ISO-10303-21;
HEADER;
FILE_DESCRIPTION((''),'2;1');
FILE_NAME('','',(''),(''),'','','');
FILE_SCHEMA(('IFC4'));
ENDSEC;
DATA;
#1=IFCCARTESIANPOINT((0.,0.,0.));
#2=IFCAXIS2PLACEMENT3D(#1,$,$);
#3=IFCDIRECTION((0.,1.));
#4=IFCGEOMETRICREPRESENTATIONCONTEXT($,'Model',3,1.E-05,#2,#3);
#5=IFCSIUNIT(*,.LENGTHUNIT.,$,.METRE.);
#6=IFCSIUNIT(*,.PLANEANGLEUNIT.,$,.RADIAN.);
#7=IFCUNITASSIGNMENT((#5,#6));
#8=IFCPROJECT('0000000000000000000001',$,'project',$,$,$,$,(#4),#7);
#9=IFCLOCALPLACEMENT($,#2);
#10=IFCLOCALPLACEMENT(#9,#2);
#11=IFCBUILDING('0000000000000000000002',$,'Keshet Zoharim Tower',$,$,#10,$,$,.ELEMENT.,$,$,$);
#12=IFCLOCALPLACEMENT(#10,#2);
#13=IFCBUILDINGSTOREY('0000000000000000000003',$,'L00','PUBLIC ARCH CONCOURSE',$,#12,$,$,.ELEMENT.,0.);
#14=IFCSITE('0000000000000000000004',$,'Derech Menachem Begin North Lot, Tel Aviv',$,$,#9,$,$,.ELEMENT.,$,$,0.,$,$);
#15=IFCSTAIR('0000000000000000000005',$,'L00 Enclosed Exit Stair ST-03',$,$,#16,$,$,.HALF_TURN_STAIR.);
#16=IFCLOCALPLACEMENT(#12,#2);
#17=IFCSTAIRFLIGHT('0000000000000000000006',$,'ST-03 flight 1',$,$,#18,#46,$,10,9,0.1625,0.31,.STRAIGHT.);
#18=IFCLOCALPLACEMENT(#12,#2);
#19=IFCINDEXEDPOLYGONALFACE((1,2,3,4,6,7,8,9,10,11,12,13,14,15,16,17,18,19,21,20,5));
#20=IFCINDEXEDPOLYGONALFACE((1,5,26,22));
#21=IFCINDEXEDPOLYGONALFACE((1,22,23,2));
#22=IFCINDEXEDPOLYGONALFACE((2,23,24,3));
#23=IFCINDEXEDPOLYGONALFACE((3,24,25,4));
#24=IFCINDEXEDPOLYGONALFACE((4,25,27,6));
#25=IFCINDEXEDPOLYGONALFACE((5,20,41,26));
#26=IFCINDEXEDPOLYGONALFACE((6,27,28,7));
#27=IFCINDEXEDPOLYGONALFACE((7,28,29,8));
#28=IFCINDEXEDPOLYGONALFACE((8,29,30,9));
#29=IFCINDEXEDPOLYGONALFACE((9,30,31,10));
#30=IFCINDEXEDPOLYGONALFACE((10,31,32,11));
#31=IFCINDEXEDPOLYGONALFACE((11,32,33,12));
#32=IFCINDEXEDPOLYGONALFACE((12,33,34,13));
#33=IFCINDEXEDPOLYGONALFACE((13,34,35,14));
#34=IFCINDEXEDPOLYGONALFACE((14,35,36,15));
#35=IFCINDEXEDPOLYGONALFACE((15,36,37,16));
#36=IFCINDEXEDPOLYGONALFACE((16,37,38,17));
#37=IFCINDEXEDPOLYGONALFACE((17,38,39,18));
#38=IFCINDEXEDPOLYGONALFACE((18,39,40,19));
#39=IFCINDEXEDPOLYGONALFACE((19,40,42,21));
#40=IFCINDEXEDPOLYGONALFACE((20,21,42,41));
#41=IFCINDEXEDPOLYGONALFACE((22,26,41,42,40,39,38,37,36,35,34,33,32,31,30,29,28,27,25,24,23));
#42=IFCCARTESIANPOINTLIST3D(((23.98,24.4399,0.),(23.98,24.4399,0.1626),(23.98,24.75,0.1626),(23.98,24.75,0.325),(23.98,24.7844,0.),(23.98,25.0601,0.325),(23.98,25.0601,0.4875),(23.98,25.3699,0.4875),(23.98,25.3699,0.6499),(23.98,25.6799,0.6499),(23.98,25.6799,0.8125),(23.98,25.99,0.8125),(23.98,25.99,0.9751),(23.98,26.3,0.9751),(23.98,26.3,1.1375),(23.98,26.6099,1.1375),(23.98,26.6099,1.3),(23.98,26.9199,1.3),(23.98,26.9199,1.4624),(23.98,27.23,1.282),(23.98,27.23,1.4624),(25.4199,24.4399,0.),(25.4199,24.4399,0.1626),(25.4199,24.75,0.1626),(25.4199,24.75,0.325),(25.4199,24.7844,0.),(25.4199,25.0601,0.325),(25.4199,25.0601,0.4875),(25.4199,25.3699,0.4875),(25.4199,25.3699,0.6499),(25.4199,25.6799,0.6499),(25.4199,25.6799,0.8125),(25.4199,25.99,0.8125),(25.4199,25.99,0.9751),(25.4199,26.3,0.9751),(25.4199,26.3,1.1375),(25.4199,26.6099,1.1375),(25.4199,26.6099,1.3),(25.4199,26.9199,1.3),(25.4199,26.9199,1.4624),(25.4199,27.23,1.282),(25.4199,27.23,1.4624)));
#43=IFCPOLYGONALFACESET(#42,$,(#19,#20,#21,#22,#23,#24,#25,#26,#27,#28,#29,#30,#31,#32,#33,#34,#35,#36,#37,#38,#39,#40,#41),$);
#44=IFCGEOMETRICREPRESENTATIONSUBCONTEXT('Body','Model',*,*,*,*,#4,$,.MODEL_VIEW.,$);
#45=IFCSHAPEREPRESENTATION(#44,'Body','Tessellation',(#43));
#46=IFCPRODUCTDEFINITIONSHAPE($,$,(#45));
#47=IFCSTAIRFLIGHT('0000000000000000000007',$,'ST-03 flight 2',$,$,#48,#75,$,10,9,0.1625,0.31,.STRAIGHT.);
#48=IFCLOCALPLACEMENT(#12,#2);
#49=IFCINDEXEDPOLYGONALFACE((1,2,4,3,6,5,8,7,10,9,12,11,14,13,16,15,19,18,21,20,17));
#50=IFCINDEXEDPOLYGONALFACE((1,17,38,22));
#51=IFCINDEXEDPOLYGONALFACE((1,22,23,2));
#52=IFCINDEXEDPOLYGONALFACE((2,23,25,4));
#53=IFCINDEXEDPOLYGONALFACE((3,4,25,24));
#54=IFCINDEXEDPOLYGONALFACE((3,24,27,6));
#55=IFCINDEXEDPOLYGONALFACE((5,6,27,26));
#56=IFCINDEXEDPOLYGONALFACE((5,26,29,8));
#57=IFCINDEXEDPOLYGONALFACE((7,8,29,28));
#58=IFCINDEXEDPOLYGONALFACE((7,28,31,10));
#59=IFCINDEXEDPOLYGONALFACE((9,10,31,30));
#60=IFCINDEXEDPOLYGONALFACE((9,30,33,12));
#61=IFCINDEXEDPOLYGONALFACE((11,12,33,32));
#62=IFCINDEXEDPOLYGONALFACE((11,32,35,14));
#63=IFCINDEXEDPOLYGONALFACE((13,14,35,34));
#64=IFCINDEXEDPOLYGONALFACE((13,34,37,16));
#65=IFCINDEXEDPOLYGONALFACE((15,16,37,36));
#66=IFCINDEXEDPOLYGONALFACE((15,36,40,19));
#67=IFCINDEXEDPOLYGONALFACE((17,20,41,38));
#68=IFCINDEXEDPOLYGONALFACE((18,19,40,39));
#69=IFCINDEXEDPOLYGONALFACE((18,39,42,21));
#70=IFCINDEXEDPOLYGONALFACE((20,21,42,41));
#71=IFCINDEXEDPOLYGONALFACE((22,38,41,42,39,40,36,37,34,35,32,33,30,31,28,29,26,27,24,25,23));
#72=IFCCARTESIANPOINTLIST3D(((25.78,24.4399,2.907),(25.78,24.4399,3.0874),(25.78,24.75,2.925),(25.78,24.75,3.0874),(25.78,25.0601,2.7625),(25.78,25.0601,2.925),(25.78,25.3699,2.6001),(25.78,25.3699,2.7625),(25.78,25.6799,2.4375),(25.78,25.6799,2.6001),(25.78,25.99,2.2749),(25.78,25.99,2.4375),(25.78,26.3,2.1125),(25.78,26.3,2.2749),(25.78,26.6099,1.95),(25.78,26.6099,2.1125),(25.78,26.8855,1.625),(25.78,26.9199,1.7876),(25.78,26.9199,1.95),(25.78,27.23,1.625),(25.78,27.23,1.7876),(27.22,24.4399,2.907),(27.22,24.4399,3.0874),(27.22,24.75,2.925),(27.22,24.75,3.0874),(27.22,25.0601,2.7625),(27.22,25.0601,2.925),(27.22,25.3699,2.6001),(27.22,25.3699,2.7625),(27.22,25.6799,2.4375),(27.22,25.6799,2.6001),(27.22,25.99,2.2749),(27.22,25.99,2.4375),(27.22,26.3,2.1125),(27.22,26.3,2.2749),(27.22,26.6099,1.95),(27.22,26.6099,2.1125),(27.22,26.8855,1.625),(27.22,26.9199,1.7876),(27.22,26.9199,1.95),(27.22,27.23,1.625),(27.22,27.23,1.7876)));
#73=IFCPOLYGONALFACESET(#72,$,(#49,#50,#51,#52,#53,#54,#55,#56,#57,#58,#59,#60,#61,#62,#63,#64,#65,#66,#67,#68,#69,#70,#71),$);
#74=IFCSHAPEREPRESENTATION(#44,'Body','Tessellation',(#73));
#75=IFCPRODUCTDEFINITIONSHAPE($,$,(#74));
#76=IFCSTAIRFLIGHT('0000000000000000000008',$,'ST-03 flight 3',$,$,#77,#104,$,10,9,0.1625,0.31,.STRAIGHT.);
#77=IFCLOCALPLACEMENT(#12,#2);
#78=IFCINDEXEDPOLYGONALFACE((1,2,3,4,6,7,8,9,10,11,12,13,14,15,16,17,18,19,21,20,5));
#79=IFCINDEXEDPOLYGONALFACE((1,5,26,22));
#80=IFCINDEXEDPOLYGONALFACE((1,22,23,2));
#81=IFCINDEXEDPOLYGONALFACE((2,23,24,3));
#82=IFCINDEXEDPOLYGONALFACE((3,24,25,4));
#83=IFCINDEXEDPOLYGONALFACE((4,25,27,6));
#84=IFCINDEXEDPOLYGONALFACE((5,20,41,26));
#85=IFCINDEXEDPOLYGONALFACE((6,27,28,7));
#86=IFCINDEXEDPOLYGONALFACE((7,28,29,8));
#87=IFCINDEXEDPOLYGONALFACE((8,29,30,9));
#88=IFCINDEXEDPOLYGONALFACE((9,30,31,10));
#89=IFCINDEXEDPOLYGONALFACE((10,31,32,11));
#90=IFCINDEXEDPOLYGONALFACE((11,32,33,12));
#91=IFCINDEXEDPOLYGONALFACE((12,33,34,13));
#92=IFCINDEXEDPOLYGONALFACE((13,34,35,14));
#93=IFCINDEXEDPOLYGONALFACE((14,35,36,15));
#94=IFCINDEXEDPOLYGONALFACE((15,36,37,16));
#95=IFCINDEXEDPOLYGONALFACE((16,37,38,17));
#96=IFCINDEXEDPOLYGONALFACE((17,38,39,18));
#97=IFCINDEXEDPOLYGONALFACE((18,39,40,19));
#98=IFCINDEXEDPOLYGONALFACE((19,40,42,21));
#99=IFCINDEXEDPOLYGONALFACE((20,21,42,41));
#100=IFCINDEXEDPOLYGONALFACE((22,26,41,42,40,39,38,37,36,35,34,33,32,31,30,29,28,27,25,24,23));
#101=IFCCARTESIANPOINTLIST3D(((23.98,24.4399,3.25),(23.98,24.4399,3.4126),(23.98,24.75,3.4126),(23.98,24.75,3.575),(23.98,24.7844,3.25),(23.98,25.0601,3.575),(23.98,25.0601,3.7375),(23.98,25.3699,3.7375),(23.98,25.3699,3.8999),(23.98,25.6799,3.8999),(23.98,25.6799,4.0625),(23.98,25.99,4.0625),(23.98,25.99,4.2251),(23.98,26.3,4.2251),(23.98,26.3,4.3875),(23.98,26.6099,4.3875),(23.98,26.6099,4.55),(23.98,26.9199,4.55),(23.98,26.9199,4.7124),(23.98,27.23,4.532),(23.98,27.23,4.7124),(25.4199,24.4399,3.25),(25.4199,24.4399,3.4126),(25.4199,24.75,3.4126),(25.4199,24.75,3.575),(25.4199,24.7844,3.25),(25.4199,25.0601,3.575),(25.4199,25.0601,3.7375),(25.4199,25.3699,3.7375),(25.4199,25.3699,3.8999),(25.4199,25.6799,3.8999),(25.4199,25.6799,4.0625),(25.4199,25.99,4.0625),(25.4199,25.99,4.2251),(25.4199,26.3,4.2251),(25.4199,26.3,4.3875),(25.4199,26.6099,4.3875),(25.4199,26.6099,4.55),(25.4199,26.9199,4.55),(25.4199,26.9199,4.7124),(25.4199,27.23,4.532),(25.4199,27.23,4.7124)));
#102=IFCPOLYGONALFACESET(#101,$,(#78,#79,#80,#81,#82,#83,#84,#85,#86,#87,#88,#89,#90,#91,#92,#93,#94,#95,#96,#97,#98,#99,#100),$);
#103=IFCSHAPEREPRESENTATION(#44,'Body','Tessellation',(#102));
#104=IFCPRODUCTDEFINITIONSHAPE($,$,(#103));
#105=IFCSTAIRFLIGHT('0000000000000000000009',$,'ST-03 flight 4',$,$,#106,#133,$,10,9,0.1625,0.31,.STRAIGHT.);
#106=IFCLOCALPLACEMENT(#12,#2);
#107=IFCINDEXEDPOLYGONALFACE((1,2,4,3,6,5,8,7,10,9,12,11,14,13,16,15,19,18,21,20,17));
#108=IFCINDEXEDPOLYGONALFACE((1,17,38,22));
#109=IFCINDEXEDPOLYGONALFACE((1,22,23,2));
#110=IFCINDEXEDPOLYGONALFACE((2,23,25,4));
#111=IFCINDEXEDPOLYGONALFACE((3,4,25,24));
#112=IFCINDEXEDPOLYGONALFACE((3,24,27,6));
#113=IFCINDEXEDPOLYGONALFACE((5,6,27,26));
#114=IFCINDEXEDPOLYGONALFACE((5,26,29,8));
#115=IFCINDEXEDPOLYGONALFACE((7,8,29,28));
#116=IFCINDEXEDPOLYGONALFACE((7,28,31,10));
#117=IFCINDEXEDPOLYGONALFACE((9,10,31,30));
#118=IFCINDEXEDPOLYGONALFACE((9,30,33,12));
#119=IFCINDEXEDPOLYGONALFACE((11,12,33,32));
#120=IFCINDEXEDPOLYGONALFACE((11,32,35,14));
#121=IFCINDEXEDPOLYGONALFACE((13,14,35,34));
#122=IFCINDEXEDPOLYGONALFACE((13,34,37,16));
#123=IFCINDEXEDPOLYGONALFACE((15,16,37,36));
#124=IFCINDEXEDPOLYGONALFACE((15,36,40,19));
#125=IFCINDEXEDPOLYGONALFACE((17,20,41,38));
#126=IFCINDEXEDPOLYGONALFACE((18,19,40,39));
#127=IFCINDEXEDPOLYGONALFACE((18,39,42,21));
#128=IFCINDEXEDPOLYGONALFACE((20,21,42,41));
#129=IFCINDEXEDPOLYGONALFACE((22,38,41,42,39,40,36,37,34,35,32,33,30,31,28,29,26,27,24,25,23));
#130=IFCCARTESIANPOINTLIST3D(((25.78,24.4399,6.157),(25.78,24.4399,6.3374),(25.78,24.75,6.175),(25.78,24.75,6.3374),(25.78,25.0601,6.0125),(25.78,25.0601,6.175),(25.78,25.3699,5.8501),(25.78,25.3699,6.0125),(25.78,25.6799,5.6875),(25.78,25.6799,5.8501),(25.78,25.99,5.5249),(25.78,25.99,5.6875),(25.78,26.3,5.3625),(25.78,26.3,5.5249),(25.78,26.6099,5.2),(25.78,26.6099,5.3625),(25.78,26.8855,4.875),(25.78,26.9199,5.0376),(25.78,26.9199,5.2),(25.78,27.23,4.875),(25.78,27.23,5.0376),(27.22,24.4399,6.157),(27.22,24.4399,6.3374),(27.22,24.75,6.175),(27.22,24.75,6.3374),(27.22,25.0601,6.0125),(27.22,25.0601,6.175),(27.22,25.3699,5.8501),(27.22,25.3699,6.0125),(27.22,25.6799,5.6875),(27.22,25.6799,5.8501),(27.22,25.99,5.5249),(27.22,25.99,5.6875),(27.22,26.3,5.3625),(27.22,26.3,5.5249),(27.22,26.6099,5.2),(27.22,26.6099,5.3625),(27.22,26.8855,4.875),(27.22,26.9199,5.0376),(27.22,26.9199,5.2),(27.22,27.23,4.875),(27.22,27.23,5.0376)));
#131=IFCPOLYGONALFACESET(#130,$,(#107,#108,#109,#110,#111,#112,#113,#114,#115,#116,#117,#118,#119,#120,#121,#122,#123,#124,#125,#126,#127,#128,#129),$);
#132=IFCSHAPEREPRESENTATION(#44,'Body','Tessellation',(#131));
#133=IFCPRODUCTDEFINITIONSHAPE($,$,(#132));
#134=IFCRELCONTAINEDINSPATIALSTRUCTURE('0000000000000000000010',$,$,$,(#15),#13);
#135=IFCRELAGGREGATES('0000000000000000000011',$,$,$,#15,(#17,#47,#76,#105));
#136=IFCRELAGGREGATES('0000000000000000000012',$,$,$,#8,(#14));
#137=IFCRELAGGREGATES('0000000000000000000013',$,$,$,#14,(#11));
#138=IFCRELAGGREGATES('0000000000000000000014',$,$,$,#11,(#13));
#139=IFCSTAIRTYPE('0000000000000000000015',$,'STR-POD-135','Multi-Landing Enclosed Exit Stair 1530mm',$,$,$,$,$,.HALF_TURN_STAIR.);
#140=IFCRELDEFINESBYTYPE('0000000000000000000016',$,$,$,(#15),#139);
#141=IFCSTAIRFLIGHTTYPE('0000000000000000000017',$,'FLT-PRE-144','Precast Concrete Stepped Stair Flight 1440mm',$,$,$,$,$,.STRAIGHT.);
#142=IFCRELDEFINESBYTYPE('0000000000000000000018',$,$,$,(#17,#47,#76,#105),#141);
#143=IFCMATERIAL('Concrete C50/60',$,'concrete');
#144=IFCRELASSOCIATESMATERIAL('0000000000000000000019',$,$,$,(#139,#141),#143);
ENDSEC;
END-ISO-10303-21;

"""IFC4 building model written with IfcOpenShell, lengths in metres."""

from ifc_helpers import new_model, si_unit, direction, frame, origin, place, context, subcontext, project, spatial, polyline, outline, extrude, material, type_object, element, aggregate, save


model = new_model("IFC4")

# Units and contexts
model_context = context("Model", 3, precision=1e-05, world=origin(), true_north=direction((0.0, 1.0)))
body_context = subcontext(model_context, "Body", "Model", "MODEL_VIEW")
ifc_project = project(units=[si_unit("LENGTHUNIT", "METRE"), si_unit("PLANEANGLEUNIT", "RADIAN")], contexts=[model_context])

# Site, building, storey
site_placement = place(None, origin())
site = spatial("IfcSite", under=ifc_project, at=site_placement, Name="Derech Menachem Begin North Lot, Tel Aviv", CompositionType="ELEMENT", RefElevation=0.0)
building_placement = place(site_placement, origin())
building = spatial("IfcBuilding", under=site, at=building_placement, Name="Keshet Zoharim Tower", CompositionType="ELEMENT")
storey_placement = place(building_placement, origin())
storey = spatial("IfcBuildingStorey", under=building, at=storey_placement, Name="L00", Description="PUBLIC ARCH CONCOURSE", CompositionType="ELEMENT", Elevation=0.0)

# Shared definitions
ifc_material_1 = material(Name="Concrete C50/60", Category="concrete")

# Stair, stair flights
stair_type = type_object("IfcStairType", Name="STR-POD-135", Description="Multi-Landing Enclosed Exit Stair 1530mm", PredefinedType="HALF_TURN_STAIR", material=ifc_material_1)
stair_placement = place(storey_placement, origin())
stair = element("IfcStair", 1, at=stair_placement, inside=storey, type_object=stair_type, Name="L00 Enclosed Exit Stair ST-03", PredefinedType="HALF_TURN_STAIR")
stair_flight_type = type_object("IfcStairFlightType", Name="FLT-PRE-144", Description="Precast Concrete Stepped Stair Flight 1440mm", PredefinedType="STRAIGHT", material=ifc_material_1)
stair_flight_1_placement = place(storey_placement, frame((24.7, 24.4399, 0.0), z_axis=(0.0, 0.0, 1.0), x_axis=(0.0, 1.0, 0.0)))
stair_flight_1 = element("IfcStairFlight", 2, at=stair_flight_1_placement, type_object=stair_flight_type, Name="ST-03 flight 1", NumberOfRisers=10, NumberOfTreads=9, PredefinedType="STRAIGHT", RiserHeight=0.1625, TreadLength=0.31, context=body_context, shape_type="SweptSolid", body=[
    extrude(outline(polyline([(0.0, 0.0), (0.0, 0.1626), (0.3101, 0.1626), (0.3101, 0.325), (0.6201, 0.325), (0.6201, 0.4875), (0.9299, 0.4875), (0.9299, 0.6499), (1.24, 0.6499), (1.24, 0.8125), (1.55, 0.8125), (1.55, 0.9751), (1.8601, 0.9751), (1.8601, 1.1375), (2.1699, 1.1375), (2.1699, 1.3), (2.48, 1.3), (2.48, 1.4624), (2.79, 1.4624), (2.79, 1.625), (2.79, 1.282), (0.3445, 0.0), (0.0, 0.0)])), frame((0.0, 0.72, 0.0), z_axis=(0.0, -1.0, 0.0), x_axis=(1.0, 0.0, 0.0)), (0.0, 0.0, 1.0), 1.4399),
])
stair_flight_2_placement = place(storey_placement, frame((26.5, 27.23, 1.625), z_axis=(0.0, 0.0, 1.0), x_axis=(0.0, -1.0, 0.0)))
stair_flight_2 = element("IfcStairFlight", 3, at=stair_flight_2_placement, type_object=stair_flight_type, Name="ST-03 flight 2", NumberOfRisers=10, NumberOfTreads=9, PredefinedType="STRAIGHT", RiserHeight=0.1625, TreadLength=0.31, context=body_context, shape_type="SweptSolid", body=[
    extrude(outline(polyline([(0.0, 0.0), (0.0, 0.1626), (0.3101, 0.1626), (0.3101, 0.325), (0.6201, 0.325), (0.6201, 0.4875), (0.9299, 0.4875), (0.9299, 0.6499), (1.24, 0.6499), (1.24, 0.8125), (1.55, 0.8125), (1.55, 0.9751), (1.8601, 0.9751), (1.8601, 1.1375), (2.1699, 1.1375), (2.1699, 1.3), (2.48, 1.3), (2.48, 1.4624), (2.79, 1.4624), (2.79, 1.625), (2.79, 1.282), (0.3445, 0.0), (0.0, 0.0)])), frame((0.0, 0.72, 0.0), z_axis=(0.0, -1.0, 0.0), x_axis=(1.0, 0.0, 0.0)), (0.0, 0.0, 1.0), 1.4399),
])
stair_flight_3_placement = place(storey_placement, frame((24.7, 24.4399, 3.25), z_axis=(0.0, 0.0, 1.0), x_axis=(0.0, 1.0, 0.0)))
stair_flight_3 = element("IfcStairFlight", 4, at=stair_flight_3_placement, type_object=stair_flight_type, Name="ST-03 flight 3", NumberOfRisers=10, NumberOfTreads=9, PredefinedType="STRAIGHT", RiserHeight=0.1625, TreadLength=0.31, context=body_context, shape_type="SweptSolid", body=[
    extrude(outline(polyline([(0.0, 0.0), (0.0, 0.1626), (0.3101, 0.1626), (0.3101, 0.325), (0.6201, 0.325), (0.6201, 0.4875), (0.9299, 0.4875), (0.9299, 0.6499), (1.24, 0.6499), (1.24, 0.8125), (1.55, 0.8125), (1.55, 0.9751), (1.8601, 0.9751), (1.8601, 1.1375), (2.1699, 1.1375), (2.1699, 1.3), (2.48, 1.3), (2.48, 1.4624), (2.79, 1.4624), (2.79, 1.625), (2.79, 1.282), (0.3445, 0.0), (0.0, 0.0)])), frame((0.0, 0.72, 0.0), z_axis=(0.0, -1.0, 0.0), x_axis=(1.0, 0.0, 0.0)), (0.0, 0.0, 1.0), 1.4399),
])
stair_flight_4_placement = place(storey_placement, frame((26.5, 27.23, 4.875), z_axis=(0.0, 0.0, 1.0), x_axis=(0.0, -1.0, 0.0)))
stair_flight_4 = element("IfcStairFlight", 5, at=stair_flight_4_placement, type_object=stair_flight_type, Name="ST-03 flight 4", NumberOfRisers=10, NumberOfTreads=9, PredefinedType="STRAIGHT", RiserHeight=0.1625, TreadLength=0.31, context=body_context, shape_type="SweptSolid", body=[
    extrude(outline(polyline([(0.0, 0.0), (0.0, 0.1626), (0.3101, 0.1626), (0.3101, 0.325), (0.6201, 0.325), (0.6201, 0.4875), (0.9299, 0.4875), (0.9299, 0.6499), (1.24, 0.6499), (1.24, 0.8125), (1.55, 0.8125), (1.55, 0.9751), (1.8601, 0.9751), (1.8601, 1.1375), (2.1699, 1.1375), (2.1699, 1.3), (2.48, 1.3), (2.48, 1.4624), (2.79, 1.4624), (2.79, 1.625), (2.79, 1.282), (0.3445, 0.0), (0.0, 0.0)])), frame((0.0, 0.72, 0.0), z_axis=(0.0, -1.0, 0.0), x_axis=(1.0, 0.0, 0.0)), (0.0, 0.0, 1.0), 1.4399),
])
aggregate(stair, [stair_flight_1, stair_flight_2, stair_flight_3, stair_flight_4])

save(model, "model.ifc")
